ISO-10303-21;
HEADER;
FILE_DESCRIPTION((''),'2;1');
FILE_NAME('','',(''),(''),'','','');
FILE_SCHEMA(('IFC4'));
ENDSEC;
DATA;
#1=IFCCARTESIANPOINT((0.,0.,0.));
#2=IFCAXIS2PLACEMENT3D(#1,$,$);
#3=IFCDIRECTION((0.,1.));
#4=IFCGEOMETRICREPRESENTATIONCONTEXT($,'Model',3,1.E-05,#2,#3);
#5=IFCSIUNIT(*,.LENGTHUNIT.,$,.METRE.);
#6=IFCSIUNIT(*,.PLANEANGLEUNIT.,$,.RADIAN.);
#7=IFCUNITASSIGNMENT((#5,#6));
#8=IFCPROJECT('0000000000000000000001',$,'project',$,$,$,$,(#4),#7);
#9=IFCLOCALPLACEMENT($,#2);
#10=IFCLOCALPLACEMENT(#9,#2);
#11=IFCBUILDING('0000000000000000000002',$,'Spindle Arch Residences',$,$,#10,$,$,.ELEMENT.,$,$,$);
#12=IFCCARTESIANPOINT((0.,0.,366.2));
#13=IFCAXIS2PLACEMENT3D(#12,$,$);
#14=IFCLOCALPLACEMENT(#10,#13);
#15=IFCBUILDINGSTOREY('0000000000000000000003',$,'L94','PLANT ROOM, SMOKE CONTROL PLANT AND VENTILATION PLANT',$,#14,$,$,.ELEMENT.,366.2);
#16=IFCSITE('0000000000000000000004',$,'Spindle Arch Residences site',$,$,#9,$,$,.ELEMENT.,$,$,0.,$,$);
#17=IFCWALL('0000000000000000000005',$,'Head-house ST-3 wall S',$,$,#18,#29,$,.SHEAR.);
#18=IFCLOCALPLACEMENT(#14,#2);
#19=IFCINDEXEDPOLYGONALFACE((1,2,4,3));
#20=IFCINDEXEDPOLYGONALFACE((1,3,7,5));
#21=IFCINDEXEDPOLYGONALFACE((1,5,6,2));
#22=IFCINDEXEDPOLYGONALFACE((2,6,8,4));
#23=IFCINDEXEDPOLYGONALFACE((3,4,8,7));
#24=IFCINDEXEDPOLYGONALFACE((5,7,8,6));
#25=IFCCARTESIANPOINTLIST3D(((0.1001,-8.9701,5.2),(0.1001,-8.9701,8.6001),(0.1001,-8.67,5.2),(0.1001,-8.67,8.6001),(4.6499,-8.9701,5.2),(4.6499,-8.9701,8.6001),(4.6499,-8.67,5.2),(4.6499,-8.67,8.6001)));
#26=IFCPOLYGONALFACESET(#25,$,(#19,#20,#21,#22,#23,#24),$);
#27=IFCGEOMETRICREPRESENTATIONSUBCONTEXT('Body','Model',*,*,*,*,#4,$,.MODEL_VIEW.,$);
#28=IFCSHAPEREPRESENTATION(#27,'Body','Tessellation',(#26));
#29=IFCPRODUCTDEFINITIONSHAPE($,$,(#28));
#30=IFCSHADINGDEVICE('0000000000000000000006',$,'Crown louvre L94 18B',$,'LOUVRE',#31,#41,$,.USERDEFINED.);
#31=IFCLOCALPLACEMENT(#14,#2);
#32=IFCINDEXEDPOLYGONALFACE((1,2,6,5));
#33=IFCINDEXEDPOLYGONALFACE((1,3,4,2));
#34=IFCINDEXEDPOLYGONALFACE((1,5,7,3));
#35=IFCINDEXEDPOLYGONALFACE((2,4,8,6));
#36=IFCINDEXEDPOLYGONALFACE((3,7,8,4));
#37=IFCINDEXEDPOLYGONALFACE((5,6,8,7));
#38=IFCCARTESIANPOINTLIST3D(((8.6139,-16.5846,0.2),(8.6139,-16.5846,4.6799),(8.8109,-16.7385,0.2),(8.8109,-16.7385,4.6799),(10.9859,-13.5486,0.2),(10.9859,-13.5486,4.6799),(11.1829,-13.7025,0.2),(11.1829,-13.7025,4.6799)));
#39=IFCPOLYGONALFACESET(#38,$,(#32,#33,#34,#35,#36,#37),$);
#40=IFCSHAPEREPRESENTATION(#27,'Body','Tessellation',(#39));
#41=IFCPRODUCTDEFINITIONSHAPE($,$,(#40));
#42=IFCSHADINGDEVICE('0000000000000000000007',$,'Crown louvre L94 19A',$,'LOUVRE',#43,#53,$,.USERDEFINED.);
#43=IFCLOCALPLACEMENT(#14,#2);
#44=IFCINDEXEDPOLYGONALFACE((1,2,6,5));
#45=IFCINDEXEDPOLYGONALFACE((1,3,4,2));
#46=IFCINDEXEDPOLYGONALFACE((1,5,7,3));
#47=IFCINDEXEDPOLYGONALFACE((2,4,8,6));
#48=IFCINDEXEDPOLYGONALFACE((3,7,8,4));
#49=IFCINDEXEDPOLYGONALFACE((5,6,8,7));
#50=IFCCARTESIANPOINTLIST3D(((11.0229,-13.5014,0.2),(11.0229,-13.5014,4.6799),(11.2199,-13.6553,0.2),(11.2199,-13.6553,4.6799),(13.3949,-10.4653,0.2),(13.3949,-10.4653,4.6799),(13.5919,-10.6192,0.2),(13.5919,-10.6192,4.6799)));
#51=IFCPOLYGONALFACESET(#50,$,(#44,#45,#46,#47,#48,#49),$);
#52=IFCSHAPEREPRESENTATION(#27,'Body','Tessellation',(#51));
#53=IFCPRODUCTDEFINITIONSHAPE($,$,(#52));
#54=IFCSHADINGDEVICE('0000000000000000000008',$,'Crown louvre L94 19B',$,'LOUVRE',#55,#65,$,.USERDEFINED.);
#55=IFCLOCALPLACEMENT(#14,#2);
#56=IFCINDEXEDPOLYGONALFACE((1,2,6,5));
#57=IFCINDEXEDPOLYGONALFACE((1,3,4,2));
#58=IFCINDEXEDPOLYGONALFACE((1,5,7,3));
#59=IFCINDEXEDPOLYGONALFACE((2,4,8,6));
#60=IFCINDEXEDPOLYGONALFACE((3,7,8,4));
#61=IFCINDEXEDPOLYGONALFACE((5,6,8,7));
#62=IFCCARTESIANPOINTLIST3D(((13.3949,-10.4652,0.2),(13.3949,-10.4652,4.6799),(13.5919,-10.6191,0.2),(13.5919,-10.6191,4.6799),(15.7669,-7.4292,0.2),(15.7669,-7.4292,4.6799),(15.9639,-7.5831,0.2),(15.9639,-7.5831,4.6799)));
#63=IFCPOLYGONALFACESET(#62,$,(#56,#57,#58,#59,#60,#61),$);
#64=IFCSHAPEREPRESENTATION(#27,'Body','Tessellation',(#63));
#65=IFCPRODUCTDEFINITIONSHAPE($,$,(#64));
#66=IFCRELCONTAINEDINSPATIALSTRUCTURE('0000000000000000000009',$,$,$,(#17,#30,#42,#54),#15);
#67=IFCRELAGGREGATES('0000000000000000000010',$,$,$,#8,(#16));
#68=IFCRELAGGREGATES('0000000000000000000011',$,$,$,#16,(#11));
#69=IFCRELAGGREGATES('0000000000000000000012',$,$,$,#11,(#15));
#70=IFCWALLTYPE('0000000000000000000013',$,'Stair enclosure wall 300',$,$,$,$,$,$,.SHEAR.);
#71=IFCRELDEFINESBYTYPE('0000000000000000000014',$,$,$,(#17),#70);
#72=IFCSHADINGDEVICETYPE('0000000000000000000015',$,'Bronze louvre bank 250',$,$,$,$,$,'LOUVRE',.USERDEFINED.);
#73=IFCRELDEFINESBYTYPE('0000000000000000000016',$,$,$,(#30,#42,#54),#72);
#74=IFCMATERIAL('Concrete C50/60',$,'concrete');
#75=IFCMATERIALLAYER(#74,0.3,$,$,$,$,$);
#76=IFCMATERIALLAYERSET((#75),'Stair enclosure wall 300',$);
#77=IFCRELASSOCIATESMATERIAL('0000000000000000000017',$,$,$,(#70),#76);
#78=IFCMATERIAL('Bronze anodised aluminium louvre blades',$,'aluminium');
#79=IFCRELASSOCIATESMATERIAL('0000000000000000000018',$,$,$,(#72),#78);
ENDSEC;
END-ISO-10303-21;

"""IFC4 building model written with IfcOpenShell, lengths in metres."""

from ifc_helpers import new_model, si_unit, direction, frame, frame_2d, origin, origin_2d, place, context, subcontext, project, spatial, rectangle, extrude, material, layer, layer_set, type_object, element, save


model = new_model("IFC4")

# Units and contexts
model_context = context("Model", 3, precision=1e-05, world=origin(), true_north=direction((0.0, 1.0)))
body_context = subcontext(model_context, "Body", "Model", "MODEL_VIEW")
ifc_project = project(units=[si_unit("LENGTHUNIT", "METRE"), si_unit("PLANEANGLEUNIT", "RADIAN")], contexts=[model_context])

# Site, building, storey
site_placement = place(None, origin())
site = spatial("IfcSite", under=ifc_project, at=site_placement, Name="Spindle Arch Residences site", CompositionType="ELEMENT", RefElevation=0.0)
building_placement = place(site_placement, origin())
building = spatial("IfcBuilding", under=site, at=building_placement, Name="Spindle Arch Residences", CompositionType="ELEMENT")
storey_placement = place(building_placement, frame((0.0, 0.0, 366.2)))
storey = spatial("IfcBuildingStorey", under=building, at=storey_placement, Name="L94", Description="PLANT ROOM, SMOKE CONTROL PLANT AND VENTILATION PLANT", CompositionType="ELEMENT", Elevation=366.2)

# Wall
ifc_material_1 = material(Name="Concrete C50/60", Category="concrete")
ifc_layer_1 = layer(ifc_material_1, 0.3)
ifc_layer_set_1 = layer_set([ifc_layer_1], Name="Stair enclosure wall 300")
wall_type_1 = type_object("IfcWallType", Name="Stair enclosure wall 300", PredefinedType="SHEAR", material=ifc_layer_set_1)
wall_1_placement = place(storey_placement, frame((0.1001, -8.8201, 5.2), z_axis=(0.0, 0.0, 1.0), x_axis=(1.0, 0.0, 0.0)))
element("IfcWall", 1, at=wall_1_placement, inside=storey, type_object=wall_type_1, Name="Head-house ST-3 wall S", PredefinedType="SHEAR", context=body_context, shape_type="SweptSolid", body=[
    extrude(rectangle(XDim=4.5498, YDim=0.3, at=frame_2d((2.2749, 0.0))), origin(), (0.0, 0.0, 1.0), 3.4001),
])

# Shading devices
ifc_material_2 = material(Name="Bronze anodised aluminium louvre blades", Category="aluminium")
shading_device_type = type_object("IfcShadingDeviceType", Name="Bronze louvre bank 250", ElementType="LOUVRE", PredefinedType="USERDEFINED", material=ifc_material_2)
for number, where, z_axis, x_axis, name in (
    (2, (9.8984, -15.1436, 0.2), (0.0, 0.0, 1.0), (0.615661, 0.788011, 0.0), "Crown louvre L94 18B"),
    (3, (12.3074, -12.0603, 0.2), (0.0, 0.0, 1.0), (0.615661, 0.788011, 0.0), "Crown louvre L94 19A"),
    (4, (14.6794, -9.0242, 0.2), (0.0, 0.0, 1.0), (0.615661, 0.788011, 0.0), "Crown louvre L94 19B"),
):
    element("IfcShadingDevice", number, at=place(storey_placement, frame(where, z_axis=z_axis, x_axis=x_axis)), inside=storey, type_object=shading_device_type, Name=name, ObjectType="LOUVRE", PredefinedType="USERDEFINED", context=body_context, shape_type="SweptSolid", body=[
        extrude(rectangle(XDim=3.8528, YDim=0.25, at=origin_2d()), origin(), (0.0, 0.0, 1.0), 4.48),
    ])

save(model, "model.ifc")
